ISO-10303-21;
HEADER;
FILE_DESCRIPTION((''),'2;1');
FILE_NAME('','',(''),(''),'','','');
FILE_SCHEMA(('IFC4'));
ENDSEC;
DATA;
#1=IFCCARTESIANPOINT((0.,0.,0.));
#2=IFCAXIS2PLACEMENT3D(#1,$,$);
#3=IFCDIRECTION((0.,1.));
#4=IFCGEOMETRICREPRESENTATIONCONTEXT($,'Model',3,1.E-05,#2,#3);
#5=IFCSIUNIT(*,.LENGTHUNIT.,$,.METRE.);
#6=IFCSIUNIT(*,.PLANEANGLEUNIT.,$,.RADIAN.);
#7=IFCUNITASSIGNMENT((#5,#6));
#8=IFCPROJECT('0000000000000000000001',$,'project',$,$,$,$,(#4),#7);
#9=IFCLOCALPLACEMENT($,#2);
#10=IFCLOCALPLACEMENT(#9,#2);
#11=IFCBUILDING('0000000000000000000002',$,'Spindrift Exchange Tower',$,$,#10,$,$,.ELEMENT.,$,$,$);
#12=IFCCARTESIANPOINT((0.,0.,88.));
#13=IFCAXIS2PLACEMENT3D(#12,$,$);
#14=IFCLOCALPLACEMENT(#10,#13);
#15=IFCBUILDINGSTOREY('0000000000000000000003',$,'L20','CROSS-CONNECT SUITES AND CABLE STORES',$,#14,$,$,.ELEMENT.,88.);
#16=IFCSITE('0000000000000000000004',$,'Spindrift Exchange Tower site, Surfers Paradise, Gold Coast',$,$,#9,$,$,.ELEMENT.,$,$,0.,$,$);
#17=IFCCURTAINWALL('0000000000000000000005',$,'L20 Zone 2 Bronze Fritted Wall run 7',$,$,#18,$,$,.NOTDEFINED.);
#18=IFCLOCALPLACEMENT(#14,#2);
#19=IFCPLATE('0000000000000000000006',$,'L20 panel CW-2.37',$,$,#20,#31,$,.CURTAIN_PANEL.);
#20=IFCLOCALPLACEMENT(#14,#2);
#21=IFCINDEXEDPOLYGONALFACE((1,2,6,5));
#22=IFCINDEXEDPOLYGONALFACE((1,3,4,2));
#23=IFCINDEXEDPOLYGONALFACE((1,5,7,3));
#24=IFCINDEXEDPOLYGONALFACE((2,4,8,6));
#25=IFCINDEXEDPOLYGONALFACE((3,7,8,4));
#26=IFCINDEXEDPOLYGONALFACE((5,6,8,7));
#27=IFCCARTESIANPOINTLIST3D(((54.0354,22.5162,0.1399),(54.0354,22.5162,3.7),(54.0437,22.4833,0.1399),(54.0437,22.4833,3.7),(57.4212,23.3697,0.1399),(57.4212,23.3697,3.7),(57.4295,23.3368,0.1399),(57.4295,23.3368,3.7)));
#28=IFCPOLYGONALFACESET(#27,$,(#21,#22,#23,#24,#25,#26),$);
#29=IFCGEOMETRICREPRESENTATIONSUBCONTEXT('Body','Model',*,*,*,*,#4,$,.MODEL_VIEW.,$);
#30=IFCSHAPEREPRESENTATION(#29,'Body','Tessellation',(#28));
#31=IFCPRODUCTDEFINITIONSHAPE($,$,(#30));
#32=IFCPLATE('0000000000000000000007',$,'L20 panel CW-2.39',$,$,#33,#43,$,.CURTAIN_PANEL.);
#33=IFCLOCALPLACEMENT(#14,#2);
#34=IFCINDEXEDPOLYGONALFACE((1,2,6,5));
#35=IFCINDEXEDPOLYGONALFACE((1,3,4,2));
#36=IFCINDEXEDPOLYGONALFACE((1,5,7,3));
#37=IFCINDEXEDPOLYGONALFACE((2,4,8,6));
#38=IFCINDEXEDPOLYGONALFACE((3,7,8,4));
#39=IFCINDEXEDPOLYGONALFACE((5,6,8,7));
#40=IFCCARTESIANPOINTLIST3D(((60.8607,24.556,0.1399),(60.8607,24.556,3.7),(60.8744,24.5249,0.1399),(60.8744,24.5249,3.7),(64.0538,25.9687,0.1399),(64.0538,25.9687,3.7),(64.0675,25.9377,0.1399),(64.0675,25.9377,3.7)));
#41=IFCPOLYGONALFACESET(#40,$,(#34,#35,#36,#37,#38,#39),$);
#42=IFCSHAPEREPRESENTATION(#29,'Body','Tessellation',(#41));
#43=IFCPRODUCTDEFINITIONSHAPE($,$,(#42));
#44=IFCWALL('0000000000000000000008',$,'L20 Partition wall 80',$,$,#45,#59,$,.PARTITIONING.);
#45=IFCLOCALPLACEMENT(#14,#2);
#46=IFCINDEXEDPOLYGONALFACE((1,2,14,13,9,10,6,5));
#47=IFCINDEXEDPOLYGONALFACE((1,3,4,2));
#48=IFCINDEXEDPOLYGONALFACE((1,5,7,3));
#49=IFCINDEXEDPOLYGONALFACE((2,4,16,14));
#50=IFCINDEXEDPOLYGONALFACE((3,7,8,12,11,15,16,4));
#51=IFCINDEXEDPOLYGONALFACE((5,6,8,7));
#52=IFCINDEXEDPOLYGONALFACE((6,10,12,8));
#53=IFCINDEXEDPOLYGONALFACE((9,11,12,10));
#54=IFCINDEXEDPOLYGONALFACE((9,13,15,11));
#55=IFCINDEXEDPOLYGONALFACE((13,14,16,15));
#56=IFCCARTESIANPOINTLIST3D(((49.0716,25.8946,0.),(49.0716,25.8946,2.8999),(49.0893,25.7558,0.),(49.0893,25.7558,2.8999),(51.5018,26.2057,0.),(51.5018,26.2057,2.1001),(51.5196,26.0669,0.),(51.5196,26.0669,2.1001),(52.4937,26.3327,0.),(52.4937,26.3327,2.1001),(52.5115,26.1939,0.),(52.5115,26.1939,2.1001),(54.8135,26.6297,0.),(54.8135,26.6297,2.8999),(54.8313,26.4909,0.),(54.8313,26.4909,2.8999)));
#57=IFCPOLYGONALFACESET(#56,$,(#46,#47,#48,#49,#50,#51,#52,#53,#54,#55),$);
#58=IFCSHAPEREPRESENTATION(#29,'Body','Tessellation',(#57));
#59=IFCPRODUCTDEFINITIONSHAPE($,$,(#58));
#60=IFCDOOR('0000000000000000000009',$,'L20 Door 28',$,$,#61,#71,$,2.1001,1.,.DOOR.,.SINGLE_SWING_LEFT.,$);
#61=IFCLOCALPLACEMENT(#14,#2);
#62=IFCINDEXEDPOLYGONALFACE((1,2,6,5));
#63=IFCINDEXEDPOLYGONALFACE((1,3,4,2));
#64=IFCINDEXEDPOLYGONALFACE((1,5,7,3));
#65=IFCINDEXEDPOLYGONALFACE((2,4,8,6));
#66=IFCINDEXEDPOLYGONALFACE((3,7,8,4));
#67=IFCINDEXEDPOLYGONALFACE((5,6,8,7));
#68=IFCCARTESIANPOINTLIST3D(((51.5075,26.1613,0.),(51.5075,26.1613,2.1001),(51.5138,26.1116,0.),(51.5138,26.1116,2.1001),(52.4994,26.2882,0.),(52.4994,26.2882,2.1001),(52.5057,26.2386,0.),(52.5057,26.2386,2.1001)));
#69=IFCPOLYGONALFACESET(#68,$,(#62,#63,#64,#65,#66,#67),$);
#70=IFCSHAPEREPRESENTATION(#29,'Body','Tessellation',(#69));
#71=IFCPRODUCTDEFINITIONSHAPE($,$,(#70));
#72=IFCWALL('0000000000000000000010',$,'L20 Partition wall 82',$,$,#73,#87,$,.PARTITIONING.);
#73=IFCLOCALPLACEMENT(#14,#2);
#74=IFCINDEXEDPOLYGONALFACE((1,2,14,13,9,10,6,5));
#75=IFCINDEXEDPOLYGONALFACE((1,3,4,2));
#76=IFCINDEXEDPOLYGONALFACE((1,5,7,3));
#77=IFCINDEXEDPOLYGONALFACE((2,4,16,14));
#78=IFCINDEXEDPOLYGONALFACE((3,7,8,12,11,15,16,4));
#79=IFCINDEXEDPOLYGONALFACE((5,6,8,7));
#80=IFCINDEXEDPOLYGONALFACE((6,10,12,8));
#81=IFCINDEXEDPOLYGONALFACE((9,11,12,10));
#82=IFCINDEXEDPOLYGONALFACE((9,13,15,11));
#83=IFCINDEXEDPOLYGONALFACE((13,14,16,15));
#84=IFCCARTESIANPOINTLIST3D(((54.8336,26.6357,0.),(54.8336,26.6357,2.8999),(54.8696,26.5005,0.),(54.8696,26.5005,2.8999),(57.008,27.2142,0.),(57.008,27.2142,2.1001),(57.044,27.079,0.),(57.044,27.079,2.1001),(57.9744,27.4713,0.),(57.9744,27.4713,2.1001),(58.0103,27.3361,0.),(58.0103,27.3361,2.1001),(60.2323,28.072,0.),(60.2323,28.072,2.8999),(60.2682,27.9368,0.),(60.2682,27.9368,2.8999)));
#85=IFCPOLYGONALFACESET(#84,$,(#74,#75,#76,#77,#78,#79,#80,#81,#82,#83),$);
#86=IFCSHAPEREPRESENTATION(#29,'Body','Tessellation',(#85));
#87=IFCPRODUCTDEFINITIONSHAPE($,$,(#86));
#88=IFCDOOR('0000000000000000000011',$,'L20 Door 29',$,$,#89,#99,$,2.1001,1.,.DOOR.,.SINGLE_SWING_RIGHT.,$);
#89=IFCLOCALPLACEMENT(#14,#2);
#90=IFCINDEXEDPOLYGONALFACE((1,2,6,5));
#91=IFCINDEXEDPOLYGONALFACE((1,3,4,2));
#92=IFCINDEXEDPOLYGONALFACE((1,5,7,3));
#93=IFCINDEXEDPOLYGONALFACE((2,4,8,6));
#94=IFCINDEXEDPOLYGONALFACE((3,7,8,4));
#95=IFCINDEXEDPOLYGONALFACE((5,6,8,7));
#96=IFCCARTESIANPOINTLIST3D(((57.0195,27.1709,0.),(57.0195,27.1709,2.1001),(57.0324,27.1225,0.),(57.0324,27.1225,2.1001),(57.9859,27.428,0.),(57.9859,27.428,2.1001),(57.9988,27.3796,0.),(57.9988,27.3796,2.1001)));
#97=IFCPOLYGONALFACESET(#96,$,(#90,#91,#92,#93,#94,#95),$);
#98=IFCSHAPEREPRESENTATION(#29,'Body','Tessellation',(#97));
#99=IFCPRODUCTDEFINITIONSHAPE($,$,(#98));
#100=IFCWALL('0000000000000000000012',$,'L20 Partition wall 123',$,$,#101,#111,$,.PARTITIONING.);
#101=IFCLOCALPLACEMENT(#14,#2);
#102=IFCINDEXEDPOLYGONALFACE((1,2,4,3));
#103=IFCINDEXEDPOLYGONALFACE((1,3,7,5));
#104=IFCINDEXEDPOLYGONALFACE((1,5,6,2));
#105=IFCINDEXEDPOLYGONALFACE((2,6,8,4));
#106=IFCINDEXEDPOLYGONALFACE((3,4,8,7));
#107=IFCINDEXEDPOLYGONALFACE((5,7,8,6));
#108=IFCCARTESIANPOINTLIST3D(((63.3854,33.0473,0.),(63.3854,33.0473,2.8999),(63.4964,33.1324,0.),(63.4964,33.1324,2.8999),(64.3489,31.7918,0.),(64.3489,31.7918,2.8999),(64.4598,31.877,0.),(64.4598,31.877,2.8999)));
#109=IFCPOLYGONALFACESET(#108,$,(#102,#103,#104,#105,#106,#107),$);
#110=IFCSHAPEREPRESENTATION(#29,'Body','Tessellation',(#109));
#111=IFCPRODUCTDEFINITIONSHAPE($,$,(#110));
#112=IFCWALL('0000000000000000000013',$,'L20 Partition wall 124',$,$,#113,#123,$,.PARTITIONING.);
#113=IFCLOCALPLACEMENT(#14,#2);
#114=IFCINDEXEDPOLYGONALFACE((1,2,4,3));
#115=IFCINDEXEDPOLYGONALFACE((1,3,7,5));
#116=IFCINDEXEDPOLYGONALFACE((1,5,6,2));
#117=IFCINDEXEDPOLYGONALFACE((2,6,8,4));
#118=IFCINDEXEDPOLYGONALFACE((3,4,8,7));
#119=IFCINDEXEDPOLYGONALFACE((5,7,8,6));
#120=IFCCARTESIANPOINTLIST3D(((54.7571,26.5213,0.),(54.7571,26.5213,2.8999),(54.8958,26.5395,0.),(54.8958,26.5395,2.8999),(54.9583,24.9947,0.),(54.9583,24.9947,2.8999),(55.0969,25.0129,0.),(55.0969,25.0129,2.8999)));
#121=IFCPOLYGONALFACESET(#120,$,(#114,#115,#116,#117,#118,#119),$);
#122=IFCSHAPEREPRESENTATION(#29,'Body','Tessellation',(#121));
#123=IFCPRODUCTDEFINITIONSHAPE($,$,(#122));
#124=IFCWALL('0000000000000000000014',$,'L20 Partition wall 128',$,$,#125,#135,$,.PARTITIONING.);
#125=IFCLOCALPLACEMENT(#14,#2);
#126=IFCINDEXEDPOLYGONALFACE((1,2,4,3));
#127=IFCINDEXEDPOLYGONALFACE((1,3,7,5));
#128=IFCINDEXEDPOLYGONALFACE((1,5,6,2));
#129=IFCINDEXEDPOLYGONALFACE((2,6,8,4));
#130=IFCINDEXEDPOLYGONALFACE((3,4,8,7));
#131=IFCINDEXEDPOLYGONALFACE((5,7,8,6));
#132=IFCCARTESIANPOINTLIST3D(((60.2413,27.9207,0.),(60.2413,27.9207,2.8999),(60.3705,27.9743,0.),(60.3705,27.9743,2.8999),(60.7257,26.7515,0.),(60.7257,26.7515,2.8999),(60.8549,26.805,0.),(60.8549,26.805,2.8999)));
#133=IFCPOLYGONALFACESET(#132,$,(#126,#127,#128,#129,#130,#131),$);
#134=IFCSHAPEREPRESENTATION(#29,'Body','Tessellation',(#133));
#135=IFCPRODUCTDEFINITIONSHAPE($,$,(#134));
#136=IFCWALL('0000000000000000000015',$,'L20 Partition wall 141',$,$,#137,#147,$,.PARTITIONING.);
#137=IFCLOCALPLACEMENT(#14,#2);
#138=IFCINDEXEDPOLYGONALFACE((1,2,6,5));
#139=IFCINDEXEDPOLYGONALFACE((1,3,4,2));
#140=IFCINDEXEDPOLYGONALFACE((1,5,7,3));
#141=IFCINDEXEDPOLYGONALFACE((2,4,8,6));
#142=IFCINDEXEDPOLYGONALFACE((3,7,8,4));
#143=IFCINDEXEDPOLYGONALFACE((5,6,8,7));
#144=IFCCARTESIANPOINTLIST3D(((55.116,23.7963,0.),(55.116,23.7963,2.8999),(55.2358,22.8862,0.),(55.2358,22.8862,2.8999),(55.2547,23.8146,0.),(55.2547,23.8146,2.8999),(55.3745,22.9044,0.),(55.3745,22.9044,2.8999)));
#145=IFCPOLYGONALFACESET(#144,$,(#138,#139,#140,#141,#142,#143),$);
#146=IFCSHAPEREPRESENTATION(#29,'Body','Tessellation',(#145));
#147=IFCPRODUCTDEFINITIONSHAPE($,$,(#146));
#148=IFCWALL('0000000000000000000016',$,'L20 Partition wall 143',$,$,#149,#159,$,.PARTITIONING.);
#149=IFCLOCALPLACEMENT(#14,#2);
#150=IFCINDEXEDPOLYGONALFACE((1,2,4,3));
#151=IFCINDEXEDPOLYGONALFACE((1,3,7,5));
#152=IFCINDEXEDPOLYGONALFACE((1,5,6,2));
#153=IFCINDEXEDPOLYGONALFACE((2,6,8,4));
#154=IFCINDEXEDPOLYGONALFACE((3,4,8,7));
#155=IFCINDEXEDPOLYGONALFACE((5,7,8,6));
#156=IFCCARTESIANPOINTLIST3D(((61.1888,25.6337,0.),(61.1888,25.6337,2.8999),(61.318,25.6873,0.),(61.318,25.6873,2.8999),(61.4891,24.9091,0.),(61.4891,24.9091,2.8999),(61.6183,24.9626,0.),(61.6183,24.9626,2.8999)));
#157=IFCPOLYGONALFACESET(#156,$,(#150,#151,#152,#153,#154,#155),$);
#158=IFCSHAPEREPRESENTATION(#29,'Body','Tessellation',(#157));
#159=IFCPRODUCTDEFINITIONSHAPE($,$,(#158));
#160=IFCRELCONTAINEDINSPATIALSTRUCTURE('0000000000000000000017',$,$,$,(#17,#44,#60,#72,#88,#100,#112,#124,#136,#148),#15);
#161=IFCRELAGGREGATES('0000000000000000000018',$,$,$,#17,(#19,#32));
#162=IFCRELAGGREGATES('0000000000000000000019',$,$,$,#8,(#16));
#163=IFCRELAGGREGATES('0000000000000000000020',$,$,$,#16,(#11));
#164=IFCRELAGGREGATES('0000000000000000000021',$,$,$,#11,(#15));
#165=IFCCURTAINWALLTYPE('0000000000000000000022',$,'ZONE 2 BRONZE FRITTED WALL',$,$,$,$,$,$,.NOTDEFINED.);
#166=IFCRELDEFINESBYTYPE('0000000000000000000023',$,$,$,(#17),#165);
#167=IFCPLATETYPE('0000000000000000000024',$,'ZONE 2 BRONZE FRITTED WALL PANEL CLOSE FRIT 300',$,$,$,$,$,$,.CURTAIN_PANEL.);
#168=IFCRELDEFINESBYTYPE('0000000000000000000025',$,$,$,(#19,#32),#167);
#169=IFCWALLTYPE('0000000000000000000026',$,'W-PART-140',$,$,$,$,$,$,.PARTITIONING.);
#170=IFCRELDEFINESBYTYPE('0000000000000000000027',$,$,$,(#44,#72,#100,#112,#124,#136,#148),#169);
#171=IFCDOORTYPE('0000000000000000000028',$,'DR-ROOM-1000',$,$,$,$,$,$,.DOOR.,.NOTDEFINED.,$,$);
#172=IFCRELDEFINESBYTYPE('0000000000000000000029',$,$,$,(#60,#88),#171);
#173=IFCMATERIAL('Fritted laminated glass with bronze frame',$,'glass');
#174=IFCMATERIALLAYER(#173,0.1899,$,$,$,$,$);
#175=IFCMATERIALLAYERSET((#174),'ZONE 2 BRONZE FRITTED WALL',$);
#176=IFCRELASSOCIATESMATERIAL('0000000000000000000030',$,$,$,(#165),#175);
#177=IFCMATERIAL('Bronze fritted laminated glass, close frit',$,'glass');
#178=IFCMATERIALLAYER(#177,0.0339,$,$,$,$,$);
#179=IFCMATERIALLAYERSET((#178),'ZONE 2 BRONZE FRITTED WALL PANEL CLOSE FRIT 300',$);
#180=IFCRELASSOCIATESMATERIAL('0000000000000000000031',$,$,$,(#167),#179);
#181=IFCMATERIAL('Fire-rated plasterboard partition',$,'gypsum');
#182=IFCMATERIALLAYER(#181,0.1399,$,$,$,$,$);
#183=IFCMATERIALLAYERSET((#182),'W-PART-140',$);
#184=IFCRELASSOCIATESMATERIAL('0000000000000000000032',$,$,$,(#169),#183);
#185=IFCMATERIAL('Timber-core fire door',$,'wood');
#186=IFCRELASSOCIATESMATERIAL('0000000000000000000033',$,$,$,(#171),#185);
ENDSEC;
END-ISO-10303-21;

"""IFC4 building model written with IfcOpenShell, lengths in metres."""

from ifc_helpers import new_model, si_unit, direction, frame, frame_2d, origin, origin_2d, place, context, subcontext, project, spatial, rectangle, extrude, source, transform, mapped, material, layer, layer_set, type_object, element, fill, aggregate, save


model = new_model("IFC4")

# Units and contexts
model_context = context("Model", 3, precision=1e-05, world=origin(), true_north=direction((0.0, 1.0)))
body_context = subcontext(model_context, "Body", "Model", "MODEL_VIEW")
ifc_project = project(units=[si_unit("LENGTHUNIT", "METRE"), si_unit("PLANEANGLEUNIT", "RADIAN")], contexts=[model_context])

# Site, building, storey
site_placement = place(None, origin())
site = spatial("IfcSite", under=ifc_project, at=site_placement, Name="Spindrift Exchange Tower site, Surfers Paradise, Gold Coast", CompositionType="ELEMENT", RefElevation=0.0)
building_placement = place(site_placement, origin())
building = spatial("IfcBuilding", under=site, at=building_placement, Name="Spindrift Exchange Tower", CompositionType="ELEMENT")
storey_placement = place(building_placement, frame((0.0, 0.0, 88.0)))
storey = spatial("IfcBuildingStorey", under=building, at=storey_placement, Name="L20", Description="CROSS-CONNECT SUITES AND CABLE STORES", CompositionType="ELEMENT", Elevation=88.0)

# Curtain wall
ifc_material_1 = material(Name="Fritted laminated glass with bronze frame", Category="glass")
ifc_layer_1 = layer(ifc_material_1, 0.1899)
ifc_layer_set_1 = layer_set([ifc_layer_1], Name="ZONE 2 BRONZE FRITTED WALL")
curtain_wall_type = type_object("IfcCurtainWallType", Name="ZONE 2 BRONZE FRITTED WALL", PredefinedType="NOTDEFINED", material=ifc_layer_set_1)
curtain_wall_1_placement = place(storey_placement, origin())
curtain_wall_1 = element("IfcCurtainWall", 1, at=curtain_wall_1_placement, inside=storey, type_object=curtain_wall_type, Name="L20 Zone 2 Bronze Fritted Wall run 7", PredefinedType="NOTDEFINED")

# Shared definitions
ifc_material_2 = material(Name="Bronze fritted laminated glass, close frit", Category="glass")

# Plates
ifc_layer_2 = layer(ifc_material_2, 0.0339)
ifc_layer_set_2 = layer_set([ifc_layer_2], Name="ZONE 2 BRONZE FRITTED WALL PANEL CLOSE FRIT 300")
plate_type_1 = type_object("IfcPlateType", Name="ZONE 2 BRONZE FRITTED WALL PANEL CLOSE FRIT 300", PredefinedType="CURTAIN_PANEL", material=ifc_layer_set_2)
shared_shape_1 = source(origin(), body_context, "Body", "SweptSolid", [
    extrude(rectangle(XDim=3.4917, YDim=0.0339, at=origin_2d()), origin(), (0.0, 0.0, 1.0), 3.5601),
])
plate_1_placement = place(storey_placement, frame((55.7324, 22.9265, 0.1399), z_axis=(0.0, 0.0, 1.0), x_axis=(0.969667, 0.244429, 0.0)))
plate_1 = element("IfcPlate", 2, at=plate_1_placement, type_object=plate_type_1, Name="L20 panel CW-2.37", PredefinedType="CURTAIN_PANEL", context=body_context, shape_type="MappedRepresentation", body=[
    mapped(shared_shape_1, transform((0.0, 0.0, 0.0), scale=1.0)),
])
plate_2_placement = place(storey_placement, frame((62.4641, 25.2468, 0.1399), z_axis=(0.0, 0.0, 1.0), x_axis=(0.914491, 0.404605, 0.0)))
plate_2 = element("IfcPlate", 3, at=plate_2_placement, type_object=plate_type_1, Name="L20 panel CW-2.39", PredefinedType="CURTAIN_PANEL", context=body_context, shape_type="MappedRepresentation", body=[
    mapped(shared_shape_1, transform((0.0, 0.0, 0.0), scale=1.0)),
])
aggregate(curtain_wall_1, [plate_1, plate_2])

# Walls, openings, doors
ifc_material_3 = material(Name="Fire-rated plasterboard partition", Category="gypsum")
ifc_layer_3 = layer(ifc_material_3, 0.1399)
ifc_layer_set_3 = layer_set([ifc_layer_3], Name="W-PART-140")
wall_type = type_object("IfcWallType", Name="W-PART-140", PredefinedType="PARTITIONING", material=ifc_layer_set_3)
wall_1_placement = place(storey_placement, frame((54.8225, 26.5603, 0.0), z_axis=(0.0, 0.0, 1.0), x_axis=(-0.991904, -0.126988, 0.0)))
wall_1 = element("IfcWall", 4, at=wall_1_placement, inside=storey, type_object=wall_type, Name="L20 Partition wall 80", PredefinedType="PARTITIONING", context=body_context, shape_type="SweptSolid", body=[
    extrude(rectangle(XDim=5.7888, YDim=0.1399, at=frame_2d((2.8945, 0.0))), origin(), (0.0, 0.0, 1.0), 2.8999),
])
opening_1_placement = place(wall_1_placement, frame((2.3389, 0.0, 0.0)))
opening_1 = element("IfcOpeningElement", 5, at=opening_1_placement, cuts=wall_1, PredefinedType="OPENING", context=body_context, shape_type="SweptSolid", body=[
    extrude(rectangle(XDim=1.0, YDim=2.1001, at=frame_2d((0.5, 1.05))), frame((0.0, 0.0798, 0.0), z_axis=(0.0, -1.0, 0.0), x_axis=(1.0, 0.0, 0.0)), (0.0, 0.0, 1.0), 0.1599),
])
ifc_material_4 = material(Name="Timber-core fire door", Category="wood")
door_type = type_object("IfcDoorType", Name="DR-ROOM-1000", OperationType="NOTDEFINED", PredefinedType="DOOR", material=ifc_material_4)
shared_shape_2 = source(origin(), body_context, "Body", "SweptSolid", [
    extrude(rectangle(XDim=1.0, YDim=2.1001, at=frame_2d((0.5, 1.05))), frame((0.0, 0.0249, 0.0), z_axis=(0.0, -1.0, 0.0), x_axis=(1.0, 0.0, 0.0)), (0.0, 0.0, 1.0), 0.05),
])
door_1_placement = place(opening_1_placement, origin())
door_1 = element("IfcDoor", 6, at=door_1_placement, inside=storey, type_object=door_type, Name="L20 Door 28", OperationType="SINGLE_SWING_LEFT", OverallHeight=2.1001, OverallWidth=1.0, PredefinedType="DOOR", context=body_context, shape_type="MappedRepresentation", body=[
    mapped(shared_shape_2, transform((0.0, 0.0, 0.0), scale=1.0)),
])
fill(opening_1, door_1)
wall_2_placement = place(storey_placement, frame((60.2502, 28.0044, 0.0), z_axis=(0.0, 0.0, 1.0), x_axis=(-0.966385, -0.2571, 0.0)))
wall_2 = element("IfcWall", 7, at=wall_2_placement, inside=storey, type_object=wall_type, Name="L20 Partition wall 82", PredefinedType="PARTITIONING", context=body_context, shape_type="SweptSolid", body=[
    extrude(rectangle(XDim=5.5864, YDim=0.1399, at=frame_2d((2.7932, 0.0))), origin(), (0.0, 0.0, 1.0), 2.8999),
])
opening_2_placement = place(wall_2_placement, frame((2.3364, 0.0, 0.0)))
opening_2 = element("IfcOpeningElement", 8, at=opening_2_placement, cuts=wall_2, PredefinedType="OPENING", context=body_context, shape_type="SweptSolid", body=[
    extrude(rectangle(XDim=1.0, YDim=2.1001, at=frame_2d((0.5, 1.05))), frame((0.0, 0.0798, 0.0), z_axis=(0.0, -1.0, 0.0), x_axis=(1.0, 0.0, 0.0)), (0.0, 0.0, 1.0), 0.1599),
])
door_2_placement = place(opening_2_placement, origin())
door_2 = element("IfcDoor", 9, at=door_2_placement, inside=storey, type_object=door_type, Name="L20 Door 29", OperationType="SINGLE_SWING_RIGHT", OverallHeight=2.1001, OverallWidth=1.0, PredefinedType="DOOR", context=body_context, shape_type="MappedRepresentation", body=[
    mapped(shared_shape_2, transform((0.0, 0.0, 0.0), scale=1.0)),
])
fill(opening_2, door_2)

# Walls
wall_3_placement = place(storey_placement, frame((63.4409, 33.0898, 0.0), z_axis=(0.0, 0.0, 1.0), x_axis=(0.608801, -0.793323, 0.0)))
element("IfcWall", 10, at=wall_3_placement, inside=storey, type_object=wall_type, Name="L20 Partition wall 123", PredefinedType="PARTITIONING", context=body_context, shape_type="SweptSolid", body=[
    extrude(rectangle(XDim=1.5825, YDim=0.1399, at=frame_2d((0.7913, 0.0))), origin(), (0.0, 0.0, 1.0), 2.8999),
])
wall_4_placement = place(storey_placement, frame((54.8264, 26.5305, 0.0), z_axis=(0.0, 0.0, 1.0), x_axis=(0.130647, -0.991429, 0.0)))
element("IfcWall", 11, at=wall_4_placement, inside=storey, type_object=wall_type, Name="L20 Partition wall 124", PredefinedType="PARTITIONING", context=body_context, shape_type="SweptSolid", body=[
    extrude(rectangle(XDim=1.5398, YDim=0.1399, at=frame_2d((0.77, 0.0))), origin(), (0.0, 0.0, 1.0), 2.8999),
])
wall_5_placement = place(storey_placement, frame((60.3059, 27.9475, 0.0), z_axis=(0.0, 0.0, 1.0), x_axis=(0.382738, -0.923857, 0.0)))
element("IfcWall", 12, at=wall_5_placement, inside=storey, type_object=wall_type, Name="L20 Partition wall 128", PredefinedType="PARTITIONING", context=body_context, shape_type="SweptSolid", body=[
    extrude(rectangle(XDim=1.2656, YDim=0.1399, at=frame_2d((0.6328, 0.0))), origin(), (0.0, 0.0, 1.0), 2.8999),
])
wall_6_placement = place(storey_placement, frame((55.1853, 23.8054, 0.0), z_axis=(0.0, 0.0, 1.0), x_axis=(0.130578, -0.991438, 0.0)))
element("IfcWall", 13, at=wall_6_placement, inside=storey, type_object=wall_type, Name="L20 Partition wall 141", PredefinedType="PARTITIONING", context=body_context, shape_type="SweptSolid", body=[
    extrude(rectangle(XDim=0.918, YDim=0.1399, at=frame_2d((0.459, 0.0))), origin(), (0.0, 0.0, 1.0), 2.8999),
])
wall_7_placement = place(storey_placement, frame((61.2534, 25.6604, 0.0), z_axis=(0.0, 0.0, 1.0), x_axis=(0.382847, -0.923812, 0.0)))
element("IfcWall", 14, at=wall_7_placement, inside=storey, type_object=wall_type, Name="L20 Partition wall 143", PredefinedType="PARTITIONING", context=body_context, shape_type="SweptSolid", body=[
    extrude(rectangle(XDim=0.7844, YDim=0.1399, at=frame_2d((0.3921, 0.0))), origin(), (0.0, 0.0, 1.0), 2.8999),
])

save(model, "model.ifc")
